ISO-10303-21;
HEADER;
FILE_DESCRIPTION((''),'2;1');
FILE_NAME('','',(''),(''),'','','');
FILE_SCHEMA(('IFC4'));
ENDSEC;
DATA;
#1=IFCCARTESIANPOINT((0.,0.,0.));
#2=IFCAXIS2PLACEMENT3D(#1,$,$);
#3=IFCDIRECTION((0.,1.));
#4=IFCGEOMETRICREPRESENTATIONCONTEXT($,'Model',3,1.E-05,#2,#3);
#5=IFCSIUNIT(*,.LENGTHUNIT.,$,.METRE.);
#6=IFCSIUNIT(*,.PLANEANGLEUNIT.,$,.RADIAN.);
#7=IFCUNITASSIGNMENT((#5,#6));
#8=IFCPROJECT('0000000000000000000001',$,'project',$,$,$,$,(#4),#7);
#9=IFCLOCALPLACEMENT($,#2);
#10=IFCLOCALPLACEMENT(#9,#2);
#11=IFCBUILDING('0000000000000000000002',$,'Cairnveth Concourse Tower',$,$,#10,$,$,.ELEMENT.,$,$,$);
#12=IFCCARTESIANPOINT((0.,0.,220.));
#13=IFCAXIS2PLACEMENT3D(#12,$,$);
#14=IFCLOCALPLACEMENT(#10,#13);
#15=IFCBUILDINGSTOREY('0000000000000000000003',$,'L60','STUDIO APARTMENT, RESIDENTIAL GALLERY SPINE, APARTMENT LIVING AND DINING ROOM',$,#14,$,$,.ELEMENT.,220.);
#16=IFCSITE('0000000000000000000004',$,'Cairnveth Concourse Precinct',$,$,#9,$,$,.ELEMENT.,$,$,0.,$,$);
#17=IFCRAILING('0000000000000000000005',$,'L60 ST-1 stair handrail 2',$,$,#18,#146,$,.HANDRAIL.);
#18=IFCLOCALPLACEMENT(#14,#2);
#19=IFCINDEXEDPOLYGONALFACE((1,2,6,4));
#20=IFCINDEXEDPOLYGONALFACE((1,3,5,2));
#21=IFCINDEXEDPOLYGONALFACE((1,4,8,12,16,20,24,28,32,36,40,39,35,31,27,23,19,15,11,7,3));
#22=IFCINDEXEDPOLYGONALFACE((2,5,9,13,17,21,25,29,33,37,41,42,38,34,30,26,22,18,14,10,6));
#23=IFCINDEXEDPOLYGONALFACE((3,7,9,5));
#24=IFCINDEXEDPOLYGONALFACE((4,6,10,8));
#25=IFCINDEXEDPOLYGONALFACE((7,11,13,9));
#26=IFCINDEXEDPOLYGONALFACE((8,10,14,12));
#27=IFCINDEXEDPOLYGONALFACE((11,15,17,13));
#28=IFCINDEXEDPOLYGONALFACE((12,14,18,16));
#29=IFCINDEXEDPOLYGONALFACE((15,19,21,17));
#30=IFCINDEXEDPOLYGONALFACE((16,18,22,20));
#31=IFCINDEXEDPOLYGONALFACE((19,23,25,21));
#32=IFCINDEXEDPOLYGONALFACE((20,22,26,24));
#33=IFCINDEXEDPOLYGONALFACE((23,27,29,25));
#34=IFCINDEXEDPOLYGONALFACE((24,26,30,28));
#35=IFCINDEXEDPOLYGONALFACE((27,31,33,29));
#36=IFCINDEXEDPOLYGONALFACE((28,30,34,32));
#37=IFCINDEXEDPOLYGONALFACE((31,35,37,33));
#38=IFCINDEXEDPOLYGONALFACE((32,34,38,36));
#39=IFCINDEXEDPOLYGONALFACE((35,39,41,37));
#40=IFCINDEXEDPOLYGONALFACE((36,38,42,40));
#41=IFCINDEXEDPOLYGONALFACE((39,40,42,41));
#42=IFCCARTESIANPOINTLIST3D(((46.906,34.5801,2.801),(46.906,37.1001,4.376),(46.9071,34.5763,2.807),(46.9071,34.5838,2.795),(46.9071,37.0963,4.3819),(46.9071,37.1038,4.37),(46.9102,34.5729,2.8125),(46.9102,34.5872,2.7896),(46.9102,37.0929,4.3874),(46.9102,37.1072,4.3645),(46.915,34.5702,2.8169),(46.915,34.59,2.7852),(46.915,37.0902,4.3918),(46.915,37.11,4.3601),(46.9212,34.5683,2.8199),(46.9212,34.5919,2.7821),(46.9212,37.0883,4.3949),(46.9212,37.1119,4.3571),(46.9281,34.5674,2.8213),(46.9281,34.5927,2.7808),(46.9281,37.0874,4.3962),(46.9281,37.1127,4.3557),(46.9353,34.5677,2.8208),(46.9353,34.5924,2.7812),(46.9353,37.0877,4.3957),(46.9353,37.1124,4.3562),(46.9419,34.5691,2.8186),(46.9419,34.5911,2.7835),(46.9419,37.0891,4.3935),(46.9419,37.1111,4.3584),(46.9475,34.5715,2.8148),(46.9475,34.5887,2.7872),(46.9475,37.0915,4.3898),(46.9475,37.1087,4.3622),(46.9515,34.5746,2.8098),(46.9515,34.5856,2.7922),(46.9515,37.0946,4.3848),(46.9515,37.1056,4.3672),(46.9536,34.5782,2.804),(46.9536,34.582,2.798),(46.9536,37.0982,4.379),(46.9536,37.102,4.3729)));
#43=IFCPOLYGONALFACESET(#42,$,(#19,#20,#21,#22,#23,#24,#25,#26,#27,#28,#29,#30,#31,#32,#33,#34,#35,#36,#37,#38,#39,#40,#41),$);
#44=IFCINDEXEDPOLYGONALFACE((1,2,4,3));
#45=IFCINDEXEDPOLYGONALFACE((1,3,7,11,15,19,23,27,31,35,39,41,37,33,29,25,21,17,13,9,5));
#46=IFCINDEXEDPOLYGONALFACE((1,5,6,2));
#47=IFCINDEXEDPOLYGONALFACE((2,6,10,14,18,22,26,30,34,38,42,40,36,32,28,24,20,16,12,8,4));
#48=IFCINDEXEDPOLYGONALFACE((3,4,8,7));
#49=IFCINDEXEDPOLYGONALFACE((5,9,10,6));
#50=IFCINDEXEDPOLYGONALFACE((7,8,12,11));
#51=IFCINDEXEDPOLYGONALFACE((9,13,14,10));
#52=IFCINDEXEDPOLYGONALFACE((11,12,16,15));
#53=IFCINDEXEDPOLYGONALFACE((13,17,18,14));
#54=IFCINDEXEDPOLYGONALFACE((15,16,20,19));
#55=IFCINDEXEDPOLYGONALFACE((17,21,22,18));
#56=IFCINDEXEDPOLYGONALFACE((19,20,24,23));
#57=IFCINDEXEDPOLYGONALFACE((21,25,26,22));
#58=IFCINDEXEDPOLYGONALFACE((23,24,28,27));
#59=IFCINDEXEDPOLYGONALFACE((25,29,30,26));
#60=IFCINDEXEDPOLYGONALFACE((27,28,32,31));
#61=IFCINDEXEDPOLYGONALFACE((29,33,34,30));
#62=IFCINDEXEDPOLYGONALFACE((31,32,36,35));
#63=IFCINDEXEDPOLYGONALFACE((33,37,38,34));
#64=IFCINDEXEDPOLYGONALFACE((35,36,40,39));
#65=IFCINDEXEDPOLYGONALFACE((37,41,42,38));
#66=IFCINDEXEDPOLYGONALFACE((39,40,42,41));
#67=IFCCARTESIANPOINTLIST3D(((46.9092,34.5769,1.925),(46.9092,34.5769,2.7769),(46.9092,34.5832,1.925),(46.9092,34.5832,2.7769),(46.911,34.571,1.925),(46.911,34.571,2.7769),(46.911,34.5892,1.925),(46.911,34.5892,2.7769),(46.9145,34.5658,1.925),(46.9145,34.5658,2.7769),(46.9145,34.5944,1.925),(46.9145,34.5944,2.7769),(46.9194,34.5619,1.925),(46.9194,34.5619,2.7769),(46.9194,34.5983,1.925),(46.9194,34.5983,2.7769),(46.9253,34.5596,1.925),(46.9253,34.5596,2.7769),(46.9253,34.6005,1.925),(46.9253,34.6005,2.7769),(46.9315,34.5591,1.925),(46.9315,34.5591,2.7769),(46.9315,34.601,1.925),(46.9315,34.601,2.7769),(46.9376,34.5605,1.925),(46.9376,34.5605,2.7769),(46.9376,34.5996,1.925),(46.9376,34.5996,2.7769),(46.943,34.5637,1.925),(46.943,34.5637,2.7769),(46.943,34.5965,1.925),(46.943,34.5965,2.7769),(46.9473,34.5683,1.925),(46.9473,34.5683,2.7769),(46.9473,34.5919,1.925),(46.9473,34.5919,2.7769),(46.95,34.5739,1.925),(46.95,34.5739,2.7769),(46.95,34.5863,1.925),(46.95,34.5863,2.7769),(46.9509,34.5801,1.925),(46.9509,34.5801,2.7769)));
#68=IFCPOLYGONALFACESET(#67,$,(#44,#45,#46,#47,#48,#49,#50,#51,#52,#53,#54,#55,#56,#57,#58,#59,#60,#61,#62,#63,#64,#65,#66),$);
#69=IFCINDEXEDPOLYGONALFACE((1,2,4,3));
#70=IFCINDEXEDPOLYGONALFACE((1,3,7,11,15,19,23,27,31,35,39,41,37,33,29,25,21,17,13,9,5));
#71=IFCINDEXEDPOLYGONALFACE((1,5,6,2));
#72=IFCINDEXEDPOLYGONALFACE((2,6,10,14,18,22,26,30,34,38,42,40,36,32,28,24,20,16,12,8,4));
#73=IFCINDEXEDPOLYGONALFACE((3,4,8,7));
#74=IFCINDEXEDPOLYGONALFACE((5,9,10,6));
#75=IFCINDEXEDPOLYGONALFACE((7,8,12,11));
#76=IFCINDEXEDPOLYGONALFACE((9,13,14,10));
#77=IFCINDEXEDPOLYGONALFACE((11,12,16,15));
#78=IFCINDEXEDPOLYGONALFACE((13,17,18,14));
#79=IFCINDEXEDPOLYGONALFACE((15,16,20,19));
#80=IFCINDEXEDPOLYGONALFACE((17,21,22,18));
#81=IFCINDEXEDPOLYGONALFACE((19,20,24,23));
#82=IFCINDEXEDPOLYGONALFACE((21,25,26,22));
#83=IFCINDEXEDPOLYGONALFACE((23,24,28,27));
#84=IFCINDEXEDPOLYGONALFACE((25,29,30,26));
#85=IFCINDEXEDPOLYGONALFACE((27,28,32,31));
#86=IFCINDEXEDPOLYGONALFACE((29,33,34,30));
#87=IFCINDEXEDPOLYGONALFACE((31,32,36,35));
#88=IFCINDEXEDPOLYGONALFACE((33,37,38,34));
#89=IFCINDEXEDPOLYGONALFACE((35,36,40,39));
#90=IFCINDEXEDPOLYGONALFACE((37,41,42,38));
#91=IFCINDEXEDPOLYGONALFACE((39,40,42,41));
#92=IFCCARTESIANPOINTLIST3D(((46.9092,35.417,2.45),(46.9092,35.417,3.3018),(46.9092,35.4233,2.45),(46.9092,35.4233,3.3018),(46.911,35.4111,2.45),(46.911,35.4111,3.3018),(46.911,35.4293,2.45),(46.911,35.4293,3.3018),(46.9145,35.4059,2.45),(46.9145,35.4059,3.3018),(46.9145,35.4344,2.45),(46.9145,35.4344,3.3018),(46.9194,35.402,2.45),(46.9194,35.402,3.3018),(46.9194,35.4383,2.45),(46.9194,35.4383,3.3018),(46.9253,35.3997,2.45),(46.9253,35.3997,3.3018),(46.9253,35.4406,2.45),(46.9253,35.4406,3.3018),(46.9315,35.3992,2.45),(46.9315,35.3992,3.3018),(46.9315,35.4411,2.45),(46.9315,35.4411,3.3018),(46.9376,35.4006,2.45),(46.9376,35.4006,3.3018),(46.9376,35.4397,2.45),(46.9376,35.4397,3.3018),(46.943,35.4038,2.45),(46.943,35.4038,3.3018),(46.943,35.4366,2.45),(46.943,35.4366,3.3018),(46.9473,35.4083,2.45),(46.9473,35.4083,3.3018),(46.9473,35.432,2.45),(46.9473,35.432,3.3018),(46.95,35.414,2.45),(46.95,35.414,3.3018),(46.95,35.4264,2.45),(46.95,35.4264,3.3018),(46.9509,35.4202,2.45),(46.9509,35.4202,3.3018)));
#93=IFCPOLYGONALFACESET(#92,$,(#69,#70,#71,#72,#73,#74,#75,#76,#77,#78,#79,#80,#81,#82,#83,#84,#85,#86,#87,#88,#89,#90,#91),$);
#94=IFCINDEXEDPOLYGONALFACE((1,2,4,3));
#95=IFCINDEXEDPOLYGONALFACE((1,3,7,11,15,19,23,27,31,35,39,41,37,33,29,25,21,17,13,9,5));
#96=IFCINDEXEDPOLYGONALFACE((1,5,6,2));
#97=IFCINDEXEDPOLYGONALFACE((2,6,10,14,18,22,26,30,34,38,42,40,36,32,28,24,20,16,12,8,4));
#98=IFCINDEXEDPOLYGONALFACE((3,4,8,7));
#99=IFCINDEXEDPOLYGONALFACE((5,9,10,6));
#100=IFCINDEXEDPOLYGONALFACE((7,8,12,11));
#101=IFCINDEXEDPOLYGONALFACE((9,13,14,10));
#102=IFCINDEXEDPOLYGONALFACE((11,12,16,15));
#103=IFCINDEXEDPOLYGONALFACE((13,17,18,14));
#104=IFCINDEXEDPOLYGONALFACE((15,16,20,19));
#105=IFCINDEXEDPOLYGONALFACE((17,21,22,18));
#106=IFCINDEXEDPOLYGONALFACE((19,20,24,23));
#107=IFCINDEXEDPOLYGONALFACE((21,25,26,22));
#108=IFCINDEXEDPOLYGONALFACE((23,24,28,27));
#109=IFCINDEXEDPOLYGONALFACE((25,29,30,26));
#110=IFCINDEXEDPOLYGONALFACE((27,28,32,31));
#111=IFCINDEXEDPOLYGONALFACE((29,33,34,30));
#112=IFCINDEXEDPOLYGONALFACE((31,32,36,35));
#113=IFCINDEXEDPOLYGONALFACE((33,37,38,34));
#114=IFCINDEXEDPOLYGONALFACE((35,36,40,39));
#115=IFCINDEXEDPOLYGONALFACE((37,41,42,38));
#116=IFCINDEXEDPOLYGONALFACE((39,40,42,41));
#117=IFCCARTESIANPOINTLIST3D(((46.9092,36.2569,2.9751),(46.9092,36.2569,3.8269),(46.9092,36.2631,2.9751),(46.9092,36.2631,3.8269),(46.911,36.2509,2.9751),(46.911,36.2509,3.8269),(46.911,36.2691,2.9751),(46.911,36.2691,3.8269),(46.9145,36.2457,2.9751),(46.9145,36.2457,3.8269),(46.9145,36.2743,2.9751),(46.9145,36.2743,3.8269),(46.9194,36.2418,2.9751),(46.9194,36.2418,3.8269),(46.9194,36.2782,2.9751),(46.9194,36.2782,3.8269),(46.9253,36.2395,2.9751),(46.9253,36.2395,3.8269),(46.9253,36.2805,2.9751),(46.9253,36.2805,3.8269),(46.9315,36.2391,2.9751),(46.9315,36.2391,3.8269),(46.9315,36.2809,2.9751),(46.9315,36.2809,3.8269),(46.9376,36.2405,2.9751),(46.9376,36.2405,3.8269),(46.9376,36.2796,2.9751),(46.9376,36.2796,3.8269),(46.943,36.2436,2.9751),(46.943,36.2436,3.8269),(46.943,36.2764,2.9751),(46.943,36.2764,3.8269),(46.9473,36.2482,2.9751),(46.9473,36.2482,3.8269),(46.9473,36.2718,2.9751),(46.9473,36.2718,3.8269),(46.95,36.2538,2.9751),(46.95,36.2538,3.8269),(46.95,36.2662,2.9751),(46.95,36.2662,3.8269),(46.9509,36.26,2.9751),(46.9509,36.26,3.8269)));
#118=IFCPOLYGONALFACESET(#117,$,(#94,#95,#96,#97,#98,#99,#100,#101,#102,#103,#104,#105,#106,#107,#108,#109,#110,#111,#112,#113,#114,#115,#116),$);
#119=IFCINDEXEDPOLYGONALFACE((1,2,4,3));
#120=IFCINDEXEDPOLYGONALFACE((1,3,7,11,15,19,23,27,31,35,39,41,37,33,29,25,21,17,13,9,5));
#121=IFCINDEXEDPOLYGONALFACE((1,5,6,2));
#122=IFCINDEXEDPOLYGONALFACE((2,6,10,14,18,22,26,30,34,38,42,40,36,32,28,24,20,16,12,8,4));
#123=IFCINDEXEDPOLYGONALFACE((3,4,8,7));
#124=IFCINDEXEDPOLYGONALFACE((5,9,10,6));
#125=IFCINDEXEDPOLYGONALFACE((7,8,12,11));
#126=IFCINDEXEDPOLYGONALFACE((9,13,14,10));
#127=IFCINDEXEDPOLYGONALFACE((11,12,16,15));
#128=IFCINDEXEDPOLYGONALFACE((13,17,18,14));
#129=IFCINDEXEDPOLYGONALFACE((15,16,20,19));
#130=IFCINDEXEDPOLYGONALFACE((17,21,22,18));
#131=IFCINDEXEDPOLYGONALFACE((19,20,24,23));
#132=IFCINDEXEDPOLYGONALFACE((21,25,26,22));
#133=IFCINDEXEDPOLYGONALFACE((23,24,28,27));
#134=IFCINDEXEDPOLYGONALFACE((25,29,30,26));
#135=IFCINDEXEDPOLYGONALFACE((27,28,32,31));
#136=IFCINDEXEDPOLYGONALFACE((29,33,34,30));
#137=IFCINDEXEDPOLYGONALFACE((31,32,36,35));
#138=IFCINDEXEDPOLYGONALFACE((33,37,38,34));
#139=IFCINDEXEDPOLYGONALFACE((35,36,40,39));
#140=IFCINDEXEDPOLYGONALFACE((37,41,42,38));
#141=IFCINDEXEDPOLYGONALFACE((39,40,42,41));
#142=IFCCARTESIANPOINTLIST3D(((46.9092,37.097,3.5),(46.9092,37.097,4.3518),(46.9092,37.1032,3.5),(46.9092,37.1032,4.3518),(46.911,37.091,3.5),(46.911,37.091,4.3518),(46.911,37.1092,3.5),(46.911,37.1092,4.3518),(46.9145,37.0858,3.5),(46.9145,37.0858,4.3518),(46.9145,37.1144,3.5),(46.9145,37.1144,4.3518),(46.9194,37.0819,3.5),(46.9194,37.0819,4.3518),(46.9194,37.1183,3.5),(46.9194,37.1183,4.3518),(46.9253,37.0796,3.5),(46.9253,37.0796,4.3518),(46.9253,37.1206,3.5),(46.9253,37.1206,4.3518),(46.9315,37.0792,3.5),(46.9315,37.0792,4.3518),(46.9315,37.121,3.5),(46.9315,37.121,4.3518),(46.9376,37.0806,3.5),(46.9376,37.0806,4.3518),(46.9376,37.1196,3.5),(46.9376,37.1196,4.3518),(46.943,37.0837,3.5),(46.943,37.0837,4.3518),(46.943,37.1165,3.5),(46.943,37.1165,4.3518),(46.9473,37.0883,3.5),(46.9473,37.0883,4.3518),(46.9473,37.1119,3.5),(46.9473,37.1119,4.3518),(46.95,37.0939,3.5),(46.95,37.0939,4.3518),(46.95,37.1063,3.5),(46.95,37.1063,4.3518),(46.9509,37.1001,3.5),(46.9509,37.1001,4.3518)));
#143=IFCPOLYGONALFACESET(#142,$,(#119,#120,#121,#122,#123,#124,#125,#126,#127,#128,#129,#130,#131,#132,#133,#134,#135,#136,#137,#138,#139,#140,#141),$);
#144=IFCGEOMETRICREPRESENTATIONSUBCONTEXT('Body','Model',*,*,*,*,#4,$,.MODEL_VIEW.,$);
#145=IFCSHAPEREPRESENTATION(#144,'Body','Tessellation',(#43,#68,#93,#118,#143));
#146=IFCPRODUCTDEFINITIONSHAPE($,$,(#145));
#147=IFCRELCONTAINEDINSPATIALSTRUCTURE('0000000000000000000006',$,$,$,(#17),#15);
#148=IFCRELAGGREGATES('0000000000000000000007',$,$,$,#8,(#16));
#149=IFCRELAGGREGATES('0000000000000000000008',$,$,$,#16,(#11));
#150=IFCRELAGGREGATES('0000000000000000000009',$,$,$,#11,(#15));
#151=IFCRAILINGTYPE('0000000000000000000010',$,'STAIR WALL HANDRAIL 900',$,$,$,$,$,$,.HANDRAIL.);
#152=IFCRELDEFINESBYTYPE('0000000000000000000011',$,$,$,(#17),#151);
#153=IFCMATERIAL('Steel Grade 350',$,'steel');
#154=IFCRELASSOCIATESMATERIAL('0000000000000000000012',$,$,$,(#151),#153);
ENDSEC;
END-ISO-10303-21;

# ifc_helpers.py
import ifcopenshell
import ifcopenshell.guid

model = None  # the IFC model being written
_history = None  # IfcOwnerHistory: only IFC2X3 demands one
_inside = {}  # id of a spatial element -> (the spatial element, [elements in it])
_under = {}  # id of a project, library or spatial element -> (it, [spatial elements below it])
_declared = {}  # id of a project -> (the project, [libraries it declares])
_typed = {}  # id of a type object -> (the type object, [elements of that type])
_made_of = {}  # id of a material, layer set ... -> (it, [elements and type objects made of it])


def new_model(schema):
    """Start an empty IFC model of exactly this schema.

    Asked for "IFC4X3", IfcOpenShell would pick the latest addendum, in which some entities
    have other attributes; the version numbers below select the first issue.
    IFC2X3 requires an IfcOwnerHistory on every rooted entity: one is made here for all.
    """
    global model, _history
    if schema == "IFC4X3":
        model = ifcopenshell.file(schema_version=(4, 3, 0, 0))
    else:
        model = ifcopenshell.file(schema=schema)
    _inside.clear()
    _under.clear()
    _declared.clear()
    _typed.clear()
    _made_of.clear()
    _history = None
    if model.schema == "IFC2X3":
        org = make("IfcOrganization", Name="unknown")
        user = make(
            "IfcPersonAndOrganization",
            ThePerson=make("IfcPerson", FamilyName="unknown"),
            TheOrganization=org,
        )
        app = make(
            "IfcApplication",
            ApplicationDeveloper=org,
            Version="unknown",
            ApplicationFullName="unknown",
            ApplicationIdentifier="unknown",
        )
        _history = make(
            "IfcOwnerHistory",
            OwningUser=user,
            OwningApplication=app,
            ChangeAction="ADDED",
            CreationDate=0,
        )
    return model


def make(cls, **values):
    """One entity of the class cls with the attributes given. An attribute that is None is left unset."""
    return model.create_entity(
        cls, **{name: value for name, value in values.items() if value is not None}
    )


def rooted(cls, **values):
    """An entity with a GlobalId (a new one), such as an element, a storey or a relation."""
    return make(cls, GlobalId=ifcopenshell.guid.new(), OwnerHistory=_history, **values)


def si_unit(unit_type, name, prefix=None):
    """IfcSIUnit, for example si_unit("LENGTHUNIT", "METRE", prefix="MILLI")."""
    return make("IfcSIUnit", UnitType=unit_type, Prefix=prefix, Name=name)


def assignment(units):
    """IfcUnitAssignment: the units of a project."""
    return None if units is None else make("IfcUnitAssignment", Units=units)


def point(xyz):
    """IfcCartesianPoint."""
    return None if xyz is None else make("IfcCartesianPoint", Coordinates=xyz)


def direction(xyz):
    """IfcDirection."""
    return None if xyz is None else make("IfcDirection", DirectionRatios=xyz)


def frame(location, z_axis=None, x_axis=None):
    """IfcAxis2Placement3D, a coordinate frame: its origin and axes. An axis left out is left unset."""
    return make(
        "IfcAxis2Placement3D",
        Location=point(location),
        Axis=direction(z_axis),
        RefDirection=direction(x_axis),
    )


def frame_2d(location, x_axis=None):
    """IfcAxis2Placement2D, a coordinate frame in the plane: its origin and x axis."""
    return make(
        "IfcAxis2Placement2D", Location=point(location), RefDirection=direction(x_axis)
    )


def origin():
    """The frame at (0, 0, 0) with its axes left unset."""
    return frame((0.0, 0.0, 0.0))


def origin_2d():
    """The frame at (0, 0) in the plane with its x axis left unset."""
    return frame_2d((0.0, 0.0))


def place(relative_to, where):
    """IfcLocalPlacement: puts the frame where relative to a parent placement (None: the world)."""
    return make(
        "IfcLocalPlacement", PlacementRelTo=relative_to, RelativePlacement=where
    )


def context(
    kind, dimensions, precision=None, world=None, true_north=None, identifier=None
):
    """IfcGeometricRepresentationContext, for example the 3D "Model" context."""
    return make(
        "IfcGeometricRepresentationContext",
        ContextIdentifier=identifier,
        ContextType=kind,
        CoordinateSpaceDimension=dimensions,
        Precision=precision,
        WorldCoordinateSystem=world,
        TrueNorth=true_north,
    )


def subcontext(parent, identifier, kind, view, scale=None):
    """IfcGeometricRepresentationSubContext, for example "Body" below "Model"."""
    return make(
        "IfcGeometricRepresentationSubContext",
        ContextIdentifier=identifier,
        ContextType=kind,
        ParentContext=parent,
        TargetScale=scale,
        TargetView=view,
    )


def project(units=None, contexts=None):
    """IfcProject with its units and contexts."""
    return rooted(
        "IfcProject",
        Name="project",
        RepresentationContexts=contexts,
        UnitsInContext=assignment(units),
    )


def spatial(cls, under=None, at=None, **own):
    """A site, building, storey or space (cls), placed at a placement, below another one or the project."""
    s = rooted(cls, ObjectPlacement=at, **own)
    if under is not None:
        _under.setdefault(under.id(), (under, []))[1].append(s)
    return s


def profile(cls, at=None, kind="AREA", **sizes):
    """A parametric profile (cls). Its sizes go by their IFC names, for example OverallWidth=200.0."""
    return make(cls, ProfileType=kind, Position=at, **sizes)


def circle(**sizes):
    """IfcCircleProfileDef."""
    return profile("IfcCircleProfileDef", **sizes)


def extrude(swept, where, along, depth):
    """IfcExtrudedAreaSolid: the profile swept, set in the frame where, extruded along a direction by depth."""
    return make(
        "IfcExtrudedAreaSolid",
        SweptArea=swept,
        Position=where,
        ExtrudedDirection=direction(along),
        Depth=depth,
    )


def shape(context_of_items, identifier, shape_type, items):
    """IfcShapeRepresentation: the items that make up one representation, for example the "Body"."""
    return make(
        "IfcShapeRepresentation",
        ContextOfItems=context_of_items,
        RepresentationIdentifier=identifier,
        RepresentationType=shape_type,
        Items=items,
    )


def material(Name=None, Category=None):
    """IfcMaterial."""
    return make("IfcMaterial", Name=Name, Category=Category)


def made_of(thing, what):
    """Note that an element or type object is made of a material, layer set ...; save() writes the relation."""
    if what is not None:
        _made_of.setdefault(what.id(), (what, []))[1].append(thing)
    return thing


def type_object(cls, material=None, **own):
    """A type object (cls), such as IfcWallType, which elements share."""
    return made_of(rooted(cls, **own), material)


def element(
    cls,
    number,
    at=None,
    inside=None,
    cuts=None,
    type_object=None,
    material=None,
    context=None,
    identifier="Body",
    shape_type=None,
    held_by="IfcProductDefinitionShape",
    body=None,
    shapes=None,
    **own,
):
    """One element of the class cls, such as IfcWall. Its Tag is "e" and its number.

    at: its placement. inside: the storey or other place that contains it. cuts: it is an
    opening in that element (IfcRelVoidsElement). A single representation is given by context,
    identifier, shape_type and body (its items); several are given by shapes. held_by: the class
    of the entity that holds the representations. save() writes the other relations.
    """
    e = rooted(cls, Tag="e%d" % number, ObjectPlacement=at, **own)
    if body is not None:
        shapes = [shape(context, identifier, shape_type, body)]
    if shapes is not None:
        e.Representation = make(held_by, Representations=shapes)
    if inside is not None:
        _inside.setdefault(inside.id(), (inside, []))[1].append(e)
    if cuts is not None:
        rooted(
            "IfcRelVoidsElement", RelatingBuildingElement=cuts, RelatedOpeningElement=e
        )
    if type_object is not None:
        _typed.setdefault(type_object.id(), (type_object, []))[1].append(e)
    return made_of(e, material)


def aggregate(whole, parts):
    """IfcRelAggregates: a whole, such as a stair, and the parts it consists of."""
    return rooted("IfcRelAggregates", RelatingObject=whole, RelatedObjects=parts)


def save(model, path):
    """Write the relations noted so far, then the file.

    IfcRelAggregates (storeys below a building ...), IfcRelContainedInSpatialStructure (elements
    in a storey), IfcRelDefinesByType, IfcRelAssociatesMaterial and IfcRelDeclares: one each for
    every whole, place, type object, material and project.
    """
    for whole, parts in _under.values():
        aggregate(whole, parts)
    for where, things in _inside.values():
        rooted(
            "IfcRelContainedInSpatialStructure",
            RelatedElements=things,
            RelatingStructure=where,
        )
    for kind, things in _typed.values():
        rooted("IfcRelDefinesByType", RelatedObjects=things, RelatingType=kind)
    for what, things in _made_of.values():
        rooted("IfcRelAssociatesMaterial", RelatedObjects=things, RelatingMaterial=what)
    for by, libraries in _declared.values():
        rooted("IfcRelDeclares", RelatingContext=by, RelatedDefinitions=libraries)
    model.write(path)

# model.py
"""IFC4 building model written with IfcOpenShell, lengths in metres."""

from ifc_helpers import new_model, si_unit, direction, frame, origin, origin_2d, place, context, subcontext, project, spatial, circle, extrude, material, type_object, element, save


model = new_model("IFC4")

# Units and contexts
model_context = context("Model", 3, precision=1e-05, world=origin(), true_north=direction((0.0, 1.0)))
body_context = subcontext(model_context, "Body", "Model", "MODEL_VIEW")
ifc_project = project(units=[si_unit("LENGTHUNIT", "METRE"), si_unit("PLANEANGLEUNIT", "RADIAN")], contexts=[model_context])

# Site, building, storey
site_placement = place(None, origin())
site = spatial("IfcSite", under=ifc_project, at=site_placement, Name="Cairnveth Concourse Precinct", CompositionType="ELEMENT", RefElevation=0.0)
building_placement = place(site_placement, origin())
building = spatial("IfcBuilding", under=site, at=building_placement, Name="Cairnveth Concourse Tower", CompositionType="ELEMENT")
storey_placement = place(building_placement, frame((0.0, 0.0, 220.0)))
storey = spatial("IfcBuildingStorey", under=building, at=storey_placement, Name="L60", Description="STUDIO APARTMENT, RESIDENTIAL GALLERY SPINE, APARTMENT LIVING AND DINING ROOM", CompositionType="ELEMENT", Elevation=220.0)

# Shared definitions
ifc_material_1 = material(Name="Steel Grade 350", Category="steel")

# Railing
railing_type_1 = type_object("IfcRailingType", Name="STAIR WALL HANDRAIL 900", PredefinedType="HANDRAIL", material=ifc_material_1)
railing_1_placement = place(storey_placement, frame((46.9299, 34.5801, 1.925)))
element("IfcRailing", 1, at=railing_1_placement, inside=storey, type_object=railing_type_1, Name="L60 ST-1 stair handrail 2", PredefinedType="HANDRAIL", context=body_context, shape_type="SweptSolid", body=[
    extrude(circle(Radius=0.0239, at=origin_2d()), frame((0.0, 0.0, 0.876), z_axis=(0.0, 0.848008, 0.529984), x_axis=(-1.0, 0.0, 0.0)), (0.0, 0.0, 1.0), 2.9717),
    extrude(circle(Radius=0.021, at=origin_2d()), origin(), (0.0, 0.0, 1.0), 0.8518),
    extrude(circle(Radius=0.021, at=origin_2d()), frame((0.0, 0.8401, 0.5249)), (0.0, 0.0, 1.0), 0.8518),
    extrude(circle(Radius=0.021, at=origin_2d()), frame((0.0, 1.6799, 1.05)), (0.0, 0.0, 1.0), 0.8518),
    extrude(circle(Radius=0.021, at=origin_2d()), frame((0.0, 2.52, 1.575)), (0.0, 0.0, 1.0), 0.8518),
])

save(model, "model.ifc")
